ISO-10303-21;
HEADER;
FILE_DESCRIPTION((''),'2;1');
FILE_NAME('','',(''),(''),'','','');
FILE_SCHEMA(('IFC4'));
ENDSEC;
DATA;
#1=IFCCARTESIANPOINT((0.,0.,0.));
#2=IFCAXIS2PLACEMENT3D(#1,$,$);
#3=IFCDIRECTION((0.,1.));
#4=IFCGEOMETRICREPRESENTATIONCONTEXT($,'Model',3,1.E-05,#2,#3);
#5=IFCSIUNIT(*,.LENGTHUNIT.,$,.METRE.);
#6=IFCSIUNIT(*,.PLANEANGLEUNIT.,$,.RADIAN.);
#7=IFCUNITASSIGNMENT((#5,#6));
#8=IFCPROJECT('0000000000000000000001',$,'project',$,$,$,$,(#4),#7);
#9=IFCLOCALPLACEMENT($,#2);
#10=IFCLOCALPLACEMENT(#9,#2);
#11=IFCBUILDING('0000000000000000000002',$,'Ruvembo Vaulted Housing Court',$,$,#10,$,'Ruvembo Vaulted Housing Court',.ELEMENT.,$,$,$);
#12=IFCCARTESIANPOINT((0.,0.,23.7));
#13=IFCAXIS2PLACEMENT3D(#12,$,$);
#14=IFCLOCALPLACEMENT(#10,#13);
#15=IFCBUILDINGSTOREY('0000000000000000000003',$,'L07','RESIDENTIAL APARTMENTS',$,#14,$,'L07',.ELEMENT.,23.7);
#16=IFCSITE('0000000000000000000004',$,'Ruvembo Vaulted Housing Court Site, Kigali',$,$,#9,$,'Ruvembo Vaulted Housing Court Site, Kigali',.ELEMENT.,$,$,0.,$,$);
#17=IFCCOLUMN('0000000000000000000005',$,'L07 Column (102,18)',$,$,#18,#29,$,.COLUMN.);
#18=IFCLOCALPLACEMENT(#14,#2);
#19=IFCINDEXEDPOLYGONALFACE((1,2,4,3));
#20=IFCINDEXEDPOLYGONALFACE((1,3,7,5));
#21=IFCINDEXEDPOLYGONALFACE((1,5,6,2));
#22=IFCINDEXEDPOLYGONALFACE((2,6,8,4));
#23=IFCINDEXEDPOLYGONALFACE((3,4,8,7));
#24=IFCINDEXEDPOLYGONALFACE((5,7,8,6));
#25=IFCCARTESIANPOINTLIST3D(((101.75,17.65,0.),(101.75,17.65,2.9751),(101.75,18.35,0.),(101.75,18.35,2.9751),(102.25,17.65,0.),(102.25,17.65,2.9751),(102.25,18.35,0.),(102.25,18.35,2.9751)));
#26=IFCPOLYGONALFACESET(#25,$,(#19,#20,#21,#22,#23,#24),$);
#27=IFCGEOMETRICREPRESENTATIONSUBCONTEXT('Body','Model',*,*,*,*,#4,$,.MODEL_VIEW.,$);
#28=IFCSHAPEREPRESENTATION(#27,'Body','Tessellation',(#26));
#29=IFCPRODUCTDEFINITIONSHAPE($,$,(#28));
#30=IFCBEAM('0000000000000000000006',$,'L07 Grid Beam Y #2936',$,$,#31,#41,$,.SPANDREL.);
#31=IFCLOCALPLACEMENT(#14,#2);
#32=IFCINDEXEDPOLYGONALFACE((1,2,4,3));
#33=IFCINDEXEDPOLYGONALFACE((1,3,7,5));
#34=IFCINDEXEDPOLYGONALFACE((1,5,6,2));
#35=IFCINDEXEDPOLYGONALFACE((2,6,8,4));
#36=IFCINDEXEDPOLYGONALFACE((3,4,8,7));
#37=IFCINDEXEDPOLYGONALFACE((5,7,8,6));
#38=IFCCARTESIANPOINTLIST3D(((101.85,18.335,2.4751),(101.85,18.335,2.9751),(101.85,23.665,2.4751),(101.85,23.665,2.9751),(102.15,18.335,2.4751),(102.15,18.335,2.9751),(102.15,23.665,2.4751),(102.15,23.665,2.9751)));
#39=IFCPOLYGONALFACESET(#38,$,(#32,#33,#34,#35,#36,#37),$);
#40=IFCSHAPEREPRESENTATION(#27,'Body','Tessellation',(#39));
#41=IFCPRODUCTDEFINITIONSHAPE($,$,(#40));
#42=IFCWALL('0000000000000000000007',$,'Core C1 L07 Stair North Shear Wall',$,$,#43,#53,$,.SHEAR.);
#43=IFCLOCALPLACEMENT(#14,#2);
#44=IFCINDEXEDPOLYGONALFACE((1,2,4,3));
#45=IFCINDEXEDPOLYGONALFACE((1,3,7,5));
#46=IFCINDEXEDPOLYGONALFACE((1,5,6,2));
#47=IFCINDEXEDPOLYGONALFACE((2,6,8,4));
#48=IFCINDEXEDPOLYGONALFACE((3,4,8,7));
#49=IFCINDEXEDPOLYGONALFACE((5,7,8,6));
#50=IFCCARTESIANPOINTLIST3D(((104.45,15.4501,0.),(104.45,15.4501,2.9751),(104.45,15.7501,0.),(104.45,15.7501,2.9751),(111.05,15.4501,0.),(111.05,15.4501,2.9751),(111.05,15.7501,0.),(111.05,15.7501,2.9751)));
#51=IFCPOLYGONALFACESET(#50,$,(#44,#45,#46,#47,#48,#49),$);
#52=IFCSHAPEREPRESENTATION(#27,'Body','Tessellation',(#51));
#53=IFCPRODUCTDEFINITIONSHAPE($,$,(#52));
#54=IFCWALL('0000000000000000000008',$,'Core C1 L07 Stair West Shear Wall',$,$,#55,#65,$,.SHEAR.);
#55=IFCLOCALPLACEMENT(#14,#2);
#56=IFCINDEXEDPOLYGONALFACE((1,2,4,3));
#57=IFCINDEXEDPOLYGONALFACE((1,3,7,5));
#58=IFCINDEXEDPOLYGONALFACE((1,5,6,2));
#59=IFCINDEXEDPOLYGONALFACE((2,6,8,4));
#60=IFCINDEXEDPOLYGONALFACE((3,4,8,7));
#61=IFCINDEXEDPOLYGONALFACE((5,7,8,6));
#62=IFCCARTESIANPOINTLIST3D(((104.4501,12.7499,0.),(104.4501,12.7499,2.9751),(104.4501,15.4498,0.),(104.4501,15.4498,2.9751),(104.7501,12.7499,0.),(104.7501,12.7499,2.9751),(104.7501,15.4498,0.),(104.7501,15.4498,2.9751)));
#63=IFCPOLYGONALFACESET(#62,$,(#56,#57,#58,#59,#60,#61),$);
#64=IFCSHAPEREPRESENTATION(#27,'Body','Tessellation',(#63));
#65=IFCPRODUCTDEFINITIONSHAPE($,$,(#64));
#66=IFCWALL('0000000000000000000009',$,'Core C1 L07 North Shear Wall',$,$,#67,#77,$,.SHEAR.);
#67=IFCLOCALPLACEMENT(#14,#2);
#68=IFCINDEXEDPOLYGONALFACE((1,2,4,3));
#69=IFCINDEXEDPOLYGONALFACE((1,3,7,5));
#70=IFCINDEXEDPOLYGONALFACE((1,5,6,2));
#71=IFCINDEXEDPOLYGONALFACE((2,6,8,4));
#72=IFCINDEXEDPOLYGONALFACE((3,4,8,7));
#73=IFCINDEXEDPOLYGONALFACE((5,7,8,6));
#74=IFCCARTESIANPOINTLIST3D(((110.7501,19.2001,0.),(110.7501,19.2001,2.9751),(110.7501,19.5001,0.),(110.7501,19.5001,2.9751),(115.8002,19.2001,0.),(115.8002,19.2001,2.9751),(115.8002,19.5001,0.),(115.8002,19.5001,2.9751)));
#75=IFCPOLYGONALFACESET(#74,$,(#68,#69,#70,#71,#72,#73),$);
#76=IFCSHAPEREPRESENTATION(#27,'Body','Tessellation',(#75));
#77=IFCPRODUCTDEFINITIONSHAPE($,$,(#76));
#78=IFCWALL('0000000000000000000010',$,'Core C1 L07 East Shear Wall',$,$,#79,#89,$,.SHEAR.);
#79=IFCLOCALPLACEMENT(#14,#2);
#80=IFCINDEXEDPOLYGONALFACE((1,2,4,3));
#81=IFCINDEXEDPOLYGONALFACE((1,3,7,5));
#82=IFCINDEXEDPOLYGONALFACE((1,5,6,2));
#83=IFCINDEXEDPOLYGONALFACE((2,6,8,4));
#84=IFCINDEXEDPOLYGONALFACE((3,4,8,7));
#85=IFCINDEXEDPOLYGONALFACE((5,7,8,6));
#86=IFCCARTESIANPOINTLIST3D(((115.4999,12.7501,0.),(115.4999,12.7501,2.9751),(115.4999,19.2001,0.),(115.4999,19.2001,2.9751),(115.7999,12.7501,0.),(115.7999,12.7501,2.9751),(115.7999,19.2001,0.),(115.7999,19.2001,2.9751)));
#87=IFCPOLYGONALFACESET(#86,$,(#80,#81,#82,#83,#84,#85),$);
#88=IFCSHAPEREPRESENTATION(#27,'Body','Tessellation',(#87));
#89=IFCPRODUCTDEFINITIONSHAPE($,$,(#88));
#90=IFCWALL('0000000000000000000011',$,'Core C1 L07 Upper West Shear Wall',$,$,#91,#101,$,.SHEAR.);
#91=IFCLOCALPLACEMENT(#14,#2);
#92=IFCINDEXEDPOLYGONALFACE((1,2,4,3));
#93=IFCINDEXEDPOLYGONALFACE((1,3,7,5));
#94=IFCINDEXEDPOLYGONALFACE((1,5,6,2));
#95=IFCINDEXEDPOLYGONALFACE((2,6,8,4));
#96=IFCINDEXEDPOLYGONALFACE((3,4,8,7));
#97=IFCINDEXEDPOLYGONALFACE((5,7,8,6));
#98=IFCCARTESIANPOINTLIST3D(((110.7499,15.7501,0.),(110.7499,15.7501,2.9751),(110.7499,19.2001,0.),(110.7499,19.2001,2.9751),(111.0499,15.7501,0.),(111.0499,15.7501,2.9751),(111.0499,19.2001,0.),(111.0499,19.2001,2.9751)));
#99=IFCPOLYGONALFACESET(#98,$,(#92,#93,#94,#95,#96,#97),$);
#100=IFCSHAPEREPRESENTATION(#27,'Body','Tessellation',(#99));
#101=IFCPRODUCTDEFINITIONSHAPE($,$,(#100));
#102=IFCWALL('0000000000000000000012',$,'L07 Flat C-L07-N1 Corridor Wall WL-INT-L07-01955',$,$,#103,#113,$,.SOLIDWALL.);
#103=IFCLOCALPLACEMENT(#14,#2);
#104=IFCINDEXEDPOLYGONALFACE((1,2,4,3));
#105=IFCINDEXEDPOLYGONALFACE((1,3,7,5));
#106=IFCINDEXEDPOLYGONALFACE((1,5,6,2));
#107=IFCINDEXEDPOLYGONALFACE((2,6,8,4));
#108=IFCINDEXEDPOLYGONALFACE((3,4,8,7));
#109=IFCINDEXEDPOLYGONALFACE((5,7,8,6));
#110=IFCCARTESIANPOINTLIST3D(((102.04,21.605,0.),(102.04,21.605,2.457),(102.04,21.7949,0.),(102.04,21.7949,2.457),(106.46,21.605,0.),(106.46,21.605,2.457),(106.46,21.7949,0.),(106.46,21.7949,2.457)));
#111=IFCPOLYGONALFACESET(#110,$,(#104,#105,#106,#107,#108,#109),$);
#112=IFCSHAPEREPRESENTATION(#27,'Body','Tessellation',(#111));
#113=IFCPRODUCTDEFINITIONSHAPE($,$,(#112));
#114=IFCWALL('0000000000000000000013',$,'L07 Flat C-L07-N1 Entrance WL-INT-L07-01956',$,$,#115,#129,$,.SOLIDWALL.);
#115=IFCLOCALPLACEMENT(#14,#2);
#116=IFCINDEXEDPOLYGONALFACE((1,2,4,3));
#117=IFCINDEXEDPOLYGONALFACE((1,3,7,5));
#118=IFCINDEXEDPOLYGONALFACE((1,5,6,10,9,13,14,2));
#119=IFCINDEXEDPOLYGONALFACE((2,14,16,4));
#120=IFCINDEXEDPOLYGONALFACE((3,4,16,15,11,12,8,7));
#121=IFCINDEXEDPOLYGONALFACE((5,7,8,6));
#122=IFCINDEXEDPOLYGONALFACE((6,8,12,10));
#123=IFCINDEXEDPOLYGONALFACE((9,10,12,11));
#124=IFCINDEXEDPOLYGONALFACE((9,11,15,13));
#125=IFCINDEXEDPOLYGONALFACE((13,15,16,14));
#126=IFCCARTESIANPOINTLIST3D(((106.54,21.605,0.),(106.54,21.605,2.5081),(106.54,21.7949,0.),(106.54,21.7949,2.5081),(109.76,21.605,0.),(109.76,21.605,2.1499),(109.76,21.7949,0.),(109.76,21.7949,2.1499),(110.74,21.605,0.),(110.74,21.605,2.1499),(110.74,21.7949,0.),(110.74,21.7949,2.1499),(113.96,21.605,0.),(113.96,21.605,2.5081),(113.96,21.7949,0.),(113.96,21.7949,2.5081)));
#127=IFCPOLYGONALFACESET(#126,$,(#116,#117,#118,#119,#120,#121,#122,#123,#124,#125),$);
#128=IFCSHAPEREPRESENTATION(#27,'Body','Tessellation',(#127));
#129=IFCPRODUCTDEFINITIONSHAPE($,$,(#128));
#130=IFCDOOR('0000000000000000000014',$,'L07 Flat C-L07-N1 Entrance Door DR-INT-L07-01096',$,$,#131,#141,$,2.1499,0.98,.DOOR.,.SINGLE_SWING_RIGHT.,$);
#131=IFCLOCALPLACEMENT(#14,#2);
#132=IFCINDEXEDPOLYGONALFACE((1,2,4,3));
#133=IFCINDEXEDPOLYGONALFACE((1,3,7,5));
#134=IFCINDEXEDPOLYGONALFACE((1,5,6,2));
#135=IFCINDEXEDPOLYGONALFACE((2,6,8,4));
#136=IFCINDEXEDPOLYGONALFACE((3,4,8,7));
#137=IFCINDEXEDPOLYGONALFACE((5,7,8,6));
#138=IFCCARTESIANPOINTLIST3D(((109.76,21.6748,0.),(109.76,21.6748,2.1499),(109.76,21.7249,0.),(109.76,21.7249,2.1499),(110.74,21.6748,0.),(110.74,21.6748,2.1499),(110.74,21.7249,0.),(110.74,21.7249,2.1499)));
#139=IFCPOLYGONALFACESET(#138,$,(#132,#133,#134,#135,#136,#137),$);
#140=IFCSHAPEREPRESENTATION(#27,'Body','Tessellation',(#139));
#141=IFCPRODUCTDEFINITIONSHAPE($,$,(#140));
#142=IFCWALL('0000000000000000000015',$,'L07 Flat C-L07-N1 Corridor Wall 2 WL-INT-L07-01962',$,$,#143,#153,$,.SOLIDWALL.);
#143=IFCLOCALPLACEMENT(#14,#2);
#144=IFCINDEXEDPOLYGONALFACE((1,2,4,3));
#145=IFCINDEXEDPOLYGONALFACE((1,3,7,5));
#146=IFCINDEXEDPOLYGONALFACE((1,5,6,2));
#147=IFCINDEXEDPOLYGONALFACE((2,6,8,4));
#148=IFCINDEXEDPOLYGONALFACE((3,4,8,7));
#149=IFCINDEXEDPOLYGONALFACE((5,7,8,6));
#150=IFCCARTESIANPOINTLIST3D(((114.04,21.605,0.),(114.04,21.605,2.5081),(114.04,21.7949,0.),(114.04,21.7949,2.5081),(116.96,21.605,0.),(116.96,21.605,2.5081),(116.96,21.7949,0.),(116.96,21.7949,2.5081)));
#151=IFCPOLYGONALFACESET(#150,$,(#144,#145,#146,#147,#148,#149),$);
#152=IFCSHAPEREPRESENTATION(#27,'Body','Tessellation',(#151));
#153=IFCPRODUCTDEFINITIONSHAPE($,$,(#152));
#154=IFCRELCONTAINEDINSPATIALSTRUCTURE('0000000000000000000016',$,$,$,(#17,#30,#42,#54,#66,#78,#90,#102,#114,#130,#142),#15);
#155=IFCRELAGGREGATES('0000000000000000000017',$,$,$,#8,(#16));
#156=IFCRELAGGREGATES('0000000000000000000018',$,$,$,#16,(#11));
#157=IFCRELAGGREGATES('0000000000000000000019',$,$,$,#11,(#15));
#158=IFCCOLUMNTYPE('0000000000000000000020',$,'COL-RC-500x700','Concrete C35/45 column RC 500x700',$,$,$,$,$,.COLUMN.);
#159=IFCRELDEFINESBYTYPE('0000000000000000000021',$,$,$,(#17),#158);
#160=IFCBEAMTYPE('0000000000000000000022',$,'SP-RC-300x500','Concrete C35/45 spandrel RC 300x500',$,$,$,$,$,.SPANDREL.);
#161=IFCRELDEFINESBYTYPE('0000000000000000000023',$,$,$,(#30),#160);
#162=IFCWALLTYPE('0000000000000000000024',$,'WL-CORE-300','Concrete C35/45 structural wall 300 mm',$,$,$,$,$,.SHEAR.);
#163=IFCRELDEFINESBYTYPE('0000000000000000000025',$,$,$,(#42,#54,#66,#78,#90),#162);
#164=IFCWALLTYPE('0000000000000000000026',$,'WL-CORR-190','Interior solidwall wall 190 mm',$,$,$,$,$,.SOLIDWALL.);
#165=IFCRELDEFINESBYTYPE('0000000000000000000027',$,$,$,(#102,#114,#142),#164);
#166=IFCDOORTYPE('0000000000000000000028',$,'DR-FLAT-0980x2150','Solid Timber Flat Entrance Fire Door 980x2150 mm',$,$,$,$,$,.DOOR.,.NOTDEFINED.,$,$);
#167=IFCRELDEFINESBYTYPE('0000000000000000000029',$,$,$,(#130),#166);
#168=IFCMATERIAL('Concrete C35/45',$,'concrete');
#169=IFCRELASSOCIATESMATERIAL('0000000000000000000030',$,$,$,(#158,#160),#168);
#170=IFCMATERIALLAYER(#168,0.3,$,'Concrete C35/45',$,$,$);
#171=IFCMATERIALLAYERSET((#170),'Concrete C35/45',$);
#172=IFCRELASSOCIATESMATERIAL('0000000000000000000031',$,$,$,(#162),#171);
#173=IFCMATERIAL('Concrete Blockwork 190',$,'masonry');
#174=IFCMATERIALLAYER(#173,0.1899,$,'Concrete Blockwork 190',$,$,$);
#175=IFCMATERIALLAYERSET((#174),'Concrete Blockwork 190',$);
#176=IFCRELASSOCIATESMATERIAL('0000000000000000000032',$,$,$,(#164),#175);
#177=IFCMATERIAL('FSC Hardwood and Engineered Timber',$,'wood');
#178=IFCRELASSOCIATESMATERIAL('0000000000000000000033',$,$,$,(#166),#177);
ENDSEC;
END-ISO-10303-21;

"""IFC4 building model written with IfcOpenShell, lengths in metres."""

from ifc_helpers import new_model, si_unit, direction, frame, frame_2d, origin, origin_2d, place, context, subcontext, project, spatial, rectangle, extrude, material, layer, layer_set, material_profile, profile_set, type_object, element, fill, save


model = new_model("IFC4")

# Units and contexts
model_context = context("Model", 3, precision=1e-05, world=origin(), true_north=direction((0.0, 1.0)))
body_context = subcontext(model_context, "Body", "Model", "MODEL_VIEW")
ifc_project = project(units=[si_unit("LENGTHUNIT", "METRE"), si_unit("PLANEANGLEUNIT", "RADIAN")], contexts=[model_context])

# Site, building, storey
site_placement = place(None, origin())
site = spatial("IfcSite", under=ifc_project, at=site_placement, Name="Ruvembo Vaulted Housing Court Site, Kigali", LongName="Ruvembo Vaulted Housing Court Site, Kigali", CompositionType="ELEMENT", RefElevation=0.0)
building_placement = place(site_placement, origin())
building = spatial("IfcBuilding", under=site, at=building_placement, Name="Ruvembo Vaulted Housing Court", LongName="Ruvembo Vaulted Housing Court", CompositionType="ELEMENT")
storey_placement = place(building_placement, frame((0.0, 0.0, 23.7)))
storey = spatial("IfcBuildingStorey", under=building, at=storey_placement, Name="L07", Description="RESIDENTIAL APARTMENTS", LongName="L07", CompositionType="ELEMENT", Elevation=23.7)

# Column
ifc_material_1 = material(Name="Concrete C35/45", Category="concrete")
ifc_material_profile_1 = material_profile(ifc_material_1, rectangle(XDim=0.5, YDim=0.7, at=origin_2d()), Name="RC 500x700")
ifc_profile_set_1 = profile_set([ifc_material_profile_1], Name="Concrete C35/45")
column_type = type_object("IfcColumnType", Name="COL-RC-500x700", Description="Concrete C35/45 column RC 500x700", PredefinedType="COLUMN", material=ifc_profile_set_1)
column_placement = place(storey_placement, frame((102.0, 18.0, 0.0), z_axis=(0.0, 0.0, 1.0), x_axis=(1.0, 0.0, 0.0)))
element("IfcColumn", 1, at=column_placement, inside=storey, type_object=column_type, Name="L07 Column (102,18)", PredefinedType="COLUMN", context=body_context, shape_type="SweptSolid", body=[
    extrude(rectangle(XDim=0.5, YDim=0.7, at=origin_2d()), origin(), (0.0, 0.0, 1.0), 2.9751),
])

# Beam
ifc_material_profile_2 = material_profile(ifc_material_1, rectangle(XDim=0.3, YDim=0.5, at=origin_2d()), Name="RC 300x500")
ifc_profile_set_2 = profile_set([ifc_material_profile_2], Name="Concrete C35/45")
beam_type = type_object("IfcBeamType", Name="SP-RC-300x500", Description="Concrete C35/45 spandrel RC 300x500", PredefinedType="SPANDREL", material=ifc_profile_set_2)
beam_placement = place(storey_placement, frame((102.0, 18.335, 2.7251), z_axis=(0.0, 1.0, 0.0), x_axis=(-1.0, 0.0, 0.0)))
element("IfcBeam", 2, at=beam_placement, inside=storey, type_object=beam_type, Name="L07 Grid Beam Y #2936", PredefinedType="SPANDREL", context=body_context, shape_type="SweptSolid", body=[
    extrude(rectangle(XDim=0.3, YDim=0.5, at=origin_2d()), origin(), (0.0, 0.0, 1.0), 5.3301),
])

# Walls
ifc_layer_1 = layer(ifc_material_1, 0.3, Name="Concrete C35/45")
ifc_layer_set_1 = layer_set([ifc_layer_1], Name="Concrete C35/45")
wall_type_1 = type_object("IfcWallType", Name="WL-CORE-300", Description="Concrete C35/45 structural wall 300 mm", PredefinedType="SHEAR", material=ifc_layer_set_1)
wall_1_placement = place(storey_placement, frame((111.05, 15.6001, 0.0), z_axis=(0.0, 0.0, 1.0), x_axis=(-1.0, 0.0, 0.0)))
element("IfcWall", 3, at=wall_1_placement, inside=storey, type_object=wall_type_1, Name="Core C1 L07 Stair North Shear Wall", PredefinedType="SHEAR", context=body_context, shape_type="SweptSolid", body=[
    extrude(rectangle(XDim=6.6001, YDim=0.3, at=frame_2d((3.3, 0.0))), origin(), (0.0, 0.0, 1.0), 2.9751),
])
wall_2_placement = place(storey_placement, frame((104.6001, 15.45, 0.0), z_axis=(0.0, 0.0, 1.0), x_axis=(0.0, -1.0, 0.0)))
element("IfcWall", 4, at=wall_2_placement, inside=storey, type_object=wall_type_1, Name="Core C1 L07 Stair West Shear Wall", PredefinedType="SHEAR", context=body_context, shape_type="SweptSolid", body=[
    extrude(rectangle(XDim=2.7, YDim=0.3, at=frame_2d((1.3501, 0.0))), origin(), (0.0, 0.0, 1.0), 2.9751),
])

# Walls
wall_3_placement = place(storey_placement, frame((115.8, 19.3501, 0.0), z_axis=(0.0, 0.0, 1.0), x_axis=(-1.0, 0.0, 0.0)))
element("IfcWall", 5, at=wall_3_placement, inside=storey, type_object=wall_type_1, Name="Core C1 L07 North Shear Wall", PredefinedType="SHEAR", context=body_context, shape_type="SweptSolid", body=[
    extrude(rectangle(XDim=5.05, YDim=0.3, at=frame_2d((2.5249, 0.0))), origin(), (0.0, 0.0, 1.0), 2.9751),
])
wall_4_placement = place(storey_placement, frame((115.6499, 12.75, 0.0), z_axis=(0.0, 0.0, 1.0), x_axis=(0.0, 1.0, 0.0)))
element("IfcWall", 6, at=wall_4_placement, inside=storey, type_object=wall_type_1, Name="Core C1 L07 East Shear Wall", PredefinedType="SHEAR", context=body_context, shape_type="SweptSolid", body=[
    extrude(rectangle(XDim=6.45, YDim=0.3, at=frame_2d((3.2251, 0.0))), origin(), (0.0, 0.0, 1.0), 2.9751),
])
wall_5_placement = place(storey_placement, frame((110.8999, 15.75, 0.0), z_axis=(0.0, 0.0, 1.0), x_axis=(0.0, 1.0, 0.0)))
element("IfcWall", 7, at=wall_5_placement, inside=storey, type_object=wall_type_1, Name="Core C1 L07 Upper West Shear Wall", PredefinedType="SHEAR", context=body_context, shape_type="SweptSolid", body=[
    extrude(rectangle(XDim=3.45, YDim=0.3, at=frame_2d((1.7251, 0.0))), origin(), (0.0, 0.0, 1.0), 2.9751),
])
ifc_material_2 = material(Name="Concrete Blockwork 190", Category="masonry")
ifc_layer_2 = layer(ifc_material_2, 0.1899, Name="Concrete Blockwork 190")
ifc_layer_set_2 = layer_set([ifc_layer_2], Name="Concrete Blockwork 190")
wall_type_2 = type_object("IfcWallType", Name="WL-CORR-190", Description="Interior solidwall wall 190 mm", PredefinedType="SOLIDWALL", material=ifc_layer_set_2)
wall_6_placement = place(storey_placement, frame((102.04, 21.7, 0.0), z_axis=(0.0, 0.0, 1.0), x_axis=(1.0, 0.0, 0.0)))
element("IfcWall", 8, at=wall_6_placement, inside=storey, type_object=wall_type_2, Name="L07 Flat C-L07-N1 Corridor Wall WL-INT-L07-01955", PredefinedType="SOLIDWALL", context=body_context, shape_type="SweptSolid", body=[
    extrude(rectangle(XDim=4.4199, YDim=0.1899, at=frame_2d((2.21, 0.0))), origin(), (0.0, 0.0, 1.0), 2.457),
])

# Wall, opening, door
wall_7_placement = place(storey_placement, frame((106.54, 21.7, 0.0), z_axis=(0.0, 0.0, 1.0), x_axis=(1.0, 0.0, 0.0)))
wall_7 = element("IfcWall", 9, at=wall_7_placement, inside=storey, type_object=wall_type_2, Name="L07 Flat C-L07-N1 Entrance WL-INT-L07-01956", PredefinedType="SOLIDWALL", context=body_context, shape_type="SweptSolid", body=[
    extrude(rectangle(XDim=7.4199, YDim=0.1899, at=frame_2d((3.71, 0.0))), origin(), (0.0, 0.0, 1.0), 2.5081),
])
opening_1_placement = place(wall_7_placement, frame((3.22, 0.0, 0.0)))
opening_1 = element("IfcOpeningElement", 10, at=opening_1_placement, cuts=wall_7, PredefinedType="OPENING", context=body_context, shape_type="SweptSolid", body=[
    extrude(rectangle(XDim=0.98, YDim=2.1499, at=frame_2d((0.49, 1.075))), frame((0.0, 0.105, 0.0), z_axis=(0.0, -1.0, 0.0), x_axis=(1.0, 0.0, 0.0)), (0.0, 0.0, 1.0), 0.21),
])
ifc_material_3 = material(Name="FSC Hardwood and Engineered Timber", Category="wood")
door_type_1 = type_object("IfcDoorType", Name="DR-FLAT-0980x2150", Description="Solid Timber Flat Entrance Fire Door 980x2150 mm", OperationType="NOTDEFINED", PredefinedType="DOOR", material=ifc_material_3)
door_1_placement = place(opening_1_placement, origin())
door_1 = element("IfcDoor", 11, at=door_1_placement, inside=storey, type_object=door_type_1, Name="L07 Flat C-L07-N1 Entrance Door DR-INT-L07-01096", OperationType="SINGLE_SWING_RIGHT", OverallHeight=2.1499, OverallWidth=0.98, PredefinedType="DOOR", context=body_context, shape_type="SweptSolid", body=[
    extrude(rectangle(XDim=0.98, YDim=2.1499, at=frame_2d((0.49, 1.075))), frame((0.0, 0.0249, 0.0), z_axis=(0.0, -1.0, 0.0), x_axis=(1.0, 0.0, 0.0)), (0.0, 0.0, 1.0), 0.05),
])
fill(opening_1, door_1)

# Wall
wall_8_placement = place(storey_placement, frame((114.04, 21.7, 0.0), z_axis=(0.0, 0.0, 1.0), x_axis=(1.0, 0.0, 0.0)))
element("IfcWall", 12, at=wall_8_placement, inside=storey, type_object=wall_type_2, Name="L07 Flat C-L07-N1 Corridor Wall 2 WL-INT-L07-01962", PredefinedType="SOLIDWALL", context=body_context, shape_type="SweptSolid", body=[
    extrude(rectangle(XDim=2.9199, YDim=0.1899, at=frame_2d((1.46, 0.0))), origin(), (0.0, 0.0, 1.0), 2.5081),
])

save(model, "model.ifc")
